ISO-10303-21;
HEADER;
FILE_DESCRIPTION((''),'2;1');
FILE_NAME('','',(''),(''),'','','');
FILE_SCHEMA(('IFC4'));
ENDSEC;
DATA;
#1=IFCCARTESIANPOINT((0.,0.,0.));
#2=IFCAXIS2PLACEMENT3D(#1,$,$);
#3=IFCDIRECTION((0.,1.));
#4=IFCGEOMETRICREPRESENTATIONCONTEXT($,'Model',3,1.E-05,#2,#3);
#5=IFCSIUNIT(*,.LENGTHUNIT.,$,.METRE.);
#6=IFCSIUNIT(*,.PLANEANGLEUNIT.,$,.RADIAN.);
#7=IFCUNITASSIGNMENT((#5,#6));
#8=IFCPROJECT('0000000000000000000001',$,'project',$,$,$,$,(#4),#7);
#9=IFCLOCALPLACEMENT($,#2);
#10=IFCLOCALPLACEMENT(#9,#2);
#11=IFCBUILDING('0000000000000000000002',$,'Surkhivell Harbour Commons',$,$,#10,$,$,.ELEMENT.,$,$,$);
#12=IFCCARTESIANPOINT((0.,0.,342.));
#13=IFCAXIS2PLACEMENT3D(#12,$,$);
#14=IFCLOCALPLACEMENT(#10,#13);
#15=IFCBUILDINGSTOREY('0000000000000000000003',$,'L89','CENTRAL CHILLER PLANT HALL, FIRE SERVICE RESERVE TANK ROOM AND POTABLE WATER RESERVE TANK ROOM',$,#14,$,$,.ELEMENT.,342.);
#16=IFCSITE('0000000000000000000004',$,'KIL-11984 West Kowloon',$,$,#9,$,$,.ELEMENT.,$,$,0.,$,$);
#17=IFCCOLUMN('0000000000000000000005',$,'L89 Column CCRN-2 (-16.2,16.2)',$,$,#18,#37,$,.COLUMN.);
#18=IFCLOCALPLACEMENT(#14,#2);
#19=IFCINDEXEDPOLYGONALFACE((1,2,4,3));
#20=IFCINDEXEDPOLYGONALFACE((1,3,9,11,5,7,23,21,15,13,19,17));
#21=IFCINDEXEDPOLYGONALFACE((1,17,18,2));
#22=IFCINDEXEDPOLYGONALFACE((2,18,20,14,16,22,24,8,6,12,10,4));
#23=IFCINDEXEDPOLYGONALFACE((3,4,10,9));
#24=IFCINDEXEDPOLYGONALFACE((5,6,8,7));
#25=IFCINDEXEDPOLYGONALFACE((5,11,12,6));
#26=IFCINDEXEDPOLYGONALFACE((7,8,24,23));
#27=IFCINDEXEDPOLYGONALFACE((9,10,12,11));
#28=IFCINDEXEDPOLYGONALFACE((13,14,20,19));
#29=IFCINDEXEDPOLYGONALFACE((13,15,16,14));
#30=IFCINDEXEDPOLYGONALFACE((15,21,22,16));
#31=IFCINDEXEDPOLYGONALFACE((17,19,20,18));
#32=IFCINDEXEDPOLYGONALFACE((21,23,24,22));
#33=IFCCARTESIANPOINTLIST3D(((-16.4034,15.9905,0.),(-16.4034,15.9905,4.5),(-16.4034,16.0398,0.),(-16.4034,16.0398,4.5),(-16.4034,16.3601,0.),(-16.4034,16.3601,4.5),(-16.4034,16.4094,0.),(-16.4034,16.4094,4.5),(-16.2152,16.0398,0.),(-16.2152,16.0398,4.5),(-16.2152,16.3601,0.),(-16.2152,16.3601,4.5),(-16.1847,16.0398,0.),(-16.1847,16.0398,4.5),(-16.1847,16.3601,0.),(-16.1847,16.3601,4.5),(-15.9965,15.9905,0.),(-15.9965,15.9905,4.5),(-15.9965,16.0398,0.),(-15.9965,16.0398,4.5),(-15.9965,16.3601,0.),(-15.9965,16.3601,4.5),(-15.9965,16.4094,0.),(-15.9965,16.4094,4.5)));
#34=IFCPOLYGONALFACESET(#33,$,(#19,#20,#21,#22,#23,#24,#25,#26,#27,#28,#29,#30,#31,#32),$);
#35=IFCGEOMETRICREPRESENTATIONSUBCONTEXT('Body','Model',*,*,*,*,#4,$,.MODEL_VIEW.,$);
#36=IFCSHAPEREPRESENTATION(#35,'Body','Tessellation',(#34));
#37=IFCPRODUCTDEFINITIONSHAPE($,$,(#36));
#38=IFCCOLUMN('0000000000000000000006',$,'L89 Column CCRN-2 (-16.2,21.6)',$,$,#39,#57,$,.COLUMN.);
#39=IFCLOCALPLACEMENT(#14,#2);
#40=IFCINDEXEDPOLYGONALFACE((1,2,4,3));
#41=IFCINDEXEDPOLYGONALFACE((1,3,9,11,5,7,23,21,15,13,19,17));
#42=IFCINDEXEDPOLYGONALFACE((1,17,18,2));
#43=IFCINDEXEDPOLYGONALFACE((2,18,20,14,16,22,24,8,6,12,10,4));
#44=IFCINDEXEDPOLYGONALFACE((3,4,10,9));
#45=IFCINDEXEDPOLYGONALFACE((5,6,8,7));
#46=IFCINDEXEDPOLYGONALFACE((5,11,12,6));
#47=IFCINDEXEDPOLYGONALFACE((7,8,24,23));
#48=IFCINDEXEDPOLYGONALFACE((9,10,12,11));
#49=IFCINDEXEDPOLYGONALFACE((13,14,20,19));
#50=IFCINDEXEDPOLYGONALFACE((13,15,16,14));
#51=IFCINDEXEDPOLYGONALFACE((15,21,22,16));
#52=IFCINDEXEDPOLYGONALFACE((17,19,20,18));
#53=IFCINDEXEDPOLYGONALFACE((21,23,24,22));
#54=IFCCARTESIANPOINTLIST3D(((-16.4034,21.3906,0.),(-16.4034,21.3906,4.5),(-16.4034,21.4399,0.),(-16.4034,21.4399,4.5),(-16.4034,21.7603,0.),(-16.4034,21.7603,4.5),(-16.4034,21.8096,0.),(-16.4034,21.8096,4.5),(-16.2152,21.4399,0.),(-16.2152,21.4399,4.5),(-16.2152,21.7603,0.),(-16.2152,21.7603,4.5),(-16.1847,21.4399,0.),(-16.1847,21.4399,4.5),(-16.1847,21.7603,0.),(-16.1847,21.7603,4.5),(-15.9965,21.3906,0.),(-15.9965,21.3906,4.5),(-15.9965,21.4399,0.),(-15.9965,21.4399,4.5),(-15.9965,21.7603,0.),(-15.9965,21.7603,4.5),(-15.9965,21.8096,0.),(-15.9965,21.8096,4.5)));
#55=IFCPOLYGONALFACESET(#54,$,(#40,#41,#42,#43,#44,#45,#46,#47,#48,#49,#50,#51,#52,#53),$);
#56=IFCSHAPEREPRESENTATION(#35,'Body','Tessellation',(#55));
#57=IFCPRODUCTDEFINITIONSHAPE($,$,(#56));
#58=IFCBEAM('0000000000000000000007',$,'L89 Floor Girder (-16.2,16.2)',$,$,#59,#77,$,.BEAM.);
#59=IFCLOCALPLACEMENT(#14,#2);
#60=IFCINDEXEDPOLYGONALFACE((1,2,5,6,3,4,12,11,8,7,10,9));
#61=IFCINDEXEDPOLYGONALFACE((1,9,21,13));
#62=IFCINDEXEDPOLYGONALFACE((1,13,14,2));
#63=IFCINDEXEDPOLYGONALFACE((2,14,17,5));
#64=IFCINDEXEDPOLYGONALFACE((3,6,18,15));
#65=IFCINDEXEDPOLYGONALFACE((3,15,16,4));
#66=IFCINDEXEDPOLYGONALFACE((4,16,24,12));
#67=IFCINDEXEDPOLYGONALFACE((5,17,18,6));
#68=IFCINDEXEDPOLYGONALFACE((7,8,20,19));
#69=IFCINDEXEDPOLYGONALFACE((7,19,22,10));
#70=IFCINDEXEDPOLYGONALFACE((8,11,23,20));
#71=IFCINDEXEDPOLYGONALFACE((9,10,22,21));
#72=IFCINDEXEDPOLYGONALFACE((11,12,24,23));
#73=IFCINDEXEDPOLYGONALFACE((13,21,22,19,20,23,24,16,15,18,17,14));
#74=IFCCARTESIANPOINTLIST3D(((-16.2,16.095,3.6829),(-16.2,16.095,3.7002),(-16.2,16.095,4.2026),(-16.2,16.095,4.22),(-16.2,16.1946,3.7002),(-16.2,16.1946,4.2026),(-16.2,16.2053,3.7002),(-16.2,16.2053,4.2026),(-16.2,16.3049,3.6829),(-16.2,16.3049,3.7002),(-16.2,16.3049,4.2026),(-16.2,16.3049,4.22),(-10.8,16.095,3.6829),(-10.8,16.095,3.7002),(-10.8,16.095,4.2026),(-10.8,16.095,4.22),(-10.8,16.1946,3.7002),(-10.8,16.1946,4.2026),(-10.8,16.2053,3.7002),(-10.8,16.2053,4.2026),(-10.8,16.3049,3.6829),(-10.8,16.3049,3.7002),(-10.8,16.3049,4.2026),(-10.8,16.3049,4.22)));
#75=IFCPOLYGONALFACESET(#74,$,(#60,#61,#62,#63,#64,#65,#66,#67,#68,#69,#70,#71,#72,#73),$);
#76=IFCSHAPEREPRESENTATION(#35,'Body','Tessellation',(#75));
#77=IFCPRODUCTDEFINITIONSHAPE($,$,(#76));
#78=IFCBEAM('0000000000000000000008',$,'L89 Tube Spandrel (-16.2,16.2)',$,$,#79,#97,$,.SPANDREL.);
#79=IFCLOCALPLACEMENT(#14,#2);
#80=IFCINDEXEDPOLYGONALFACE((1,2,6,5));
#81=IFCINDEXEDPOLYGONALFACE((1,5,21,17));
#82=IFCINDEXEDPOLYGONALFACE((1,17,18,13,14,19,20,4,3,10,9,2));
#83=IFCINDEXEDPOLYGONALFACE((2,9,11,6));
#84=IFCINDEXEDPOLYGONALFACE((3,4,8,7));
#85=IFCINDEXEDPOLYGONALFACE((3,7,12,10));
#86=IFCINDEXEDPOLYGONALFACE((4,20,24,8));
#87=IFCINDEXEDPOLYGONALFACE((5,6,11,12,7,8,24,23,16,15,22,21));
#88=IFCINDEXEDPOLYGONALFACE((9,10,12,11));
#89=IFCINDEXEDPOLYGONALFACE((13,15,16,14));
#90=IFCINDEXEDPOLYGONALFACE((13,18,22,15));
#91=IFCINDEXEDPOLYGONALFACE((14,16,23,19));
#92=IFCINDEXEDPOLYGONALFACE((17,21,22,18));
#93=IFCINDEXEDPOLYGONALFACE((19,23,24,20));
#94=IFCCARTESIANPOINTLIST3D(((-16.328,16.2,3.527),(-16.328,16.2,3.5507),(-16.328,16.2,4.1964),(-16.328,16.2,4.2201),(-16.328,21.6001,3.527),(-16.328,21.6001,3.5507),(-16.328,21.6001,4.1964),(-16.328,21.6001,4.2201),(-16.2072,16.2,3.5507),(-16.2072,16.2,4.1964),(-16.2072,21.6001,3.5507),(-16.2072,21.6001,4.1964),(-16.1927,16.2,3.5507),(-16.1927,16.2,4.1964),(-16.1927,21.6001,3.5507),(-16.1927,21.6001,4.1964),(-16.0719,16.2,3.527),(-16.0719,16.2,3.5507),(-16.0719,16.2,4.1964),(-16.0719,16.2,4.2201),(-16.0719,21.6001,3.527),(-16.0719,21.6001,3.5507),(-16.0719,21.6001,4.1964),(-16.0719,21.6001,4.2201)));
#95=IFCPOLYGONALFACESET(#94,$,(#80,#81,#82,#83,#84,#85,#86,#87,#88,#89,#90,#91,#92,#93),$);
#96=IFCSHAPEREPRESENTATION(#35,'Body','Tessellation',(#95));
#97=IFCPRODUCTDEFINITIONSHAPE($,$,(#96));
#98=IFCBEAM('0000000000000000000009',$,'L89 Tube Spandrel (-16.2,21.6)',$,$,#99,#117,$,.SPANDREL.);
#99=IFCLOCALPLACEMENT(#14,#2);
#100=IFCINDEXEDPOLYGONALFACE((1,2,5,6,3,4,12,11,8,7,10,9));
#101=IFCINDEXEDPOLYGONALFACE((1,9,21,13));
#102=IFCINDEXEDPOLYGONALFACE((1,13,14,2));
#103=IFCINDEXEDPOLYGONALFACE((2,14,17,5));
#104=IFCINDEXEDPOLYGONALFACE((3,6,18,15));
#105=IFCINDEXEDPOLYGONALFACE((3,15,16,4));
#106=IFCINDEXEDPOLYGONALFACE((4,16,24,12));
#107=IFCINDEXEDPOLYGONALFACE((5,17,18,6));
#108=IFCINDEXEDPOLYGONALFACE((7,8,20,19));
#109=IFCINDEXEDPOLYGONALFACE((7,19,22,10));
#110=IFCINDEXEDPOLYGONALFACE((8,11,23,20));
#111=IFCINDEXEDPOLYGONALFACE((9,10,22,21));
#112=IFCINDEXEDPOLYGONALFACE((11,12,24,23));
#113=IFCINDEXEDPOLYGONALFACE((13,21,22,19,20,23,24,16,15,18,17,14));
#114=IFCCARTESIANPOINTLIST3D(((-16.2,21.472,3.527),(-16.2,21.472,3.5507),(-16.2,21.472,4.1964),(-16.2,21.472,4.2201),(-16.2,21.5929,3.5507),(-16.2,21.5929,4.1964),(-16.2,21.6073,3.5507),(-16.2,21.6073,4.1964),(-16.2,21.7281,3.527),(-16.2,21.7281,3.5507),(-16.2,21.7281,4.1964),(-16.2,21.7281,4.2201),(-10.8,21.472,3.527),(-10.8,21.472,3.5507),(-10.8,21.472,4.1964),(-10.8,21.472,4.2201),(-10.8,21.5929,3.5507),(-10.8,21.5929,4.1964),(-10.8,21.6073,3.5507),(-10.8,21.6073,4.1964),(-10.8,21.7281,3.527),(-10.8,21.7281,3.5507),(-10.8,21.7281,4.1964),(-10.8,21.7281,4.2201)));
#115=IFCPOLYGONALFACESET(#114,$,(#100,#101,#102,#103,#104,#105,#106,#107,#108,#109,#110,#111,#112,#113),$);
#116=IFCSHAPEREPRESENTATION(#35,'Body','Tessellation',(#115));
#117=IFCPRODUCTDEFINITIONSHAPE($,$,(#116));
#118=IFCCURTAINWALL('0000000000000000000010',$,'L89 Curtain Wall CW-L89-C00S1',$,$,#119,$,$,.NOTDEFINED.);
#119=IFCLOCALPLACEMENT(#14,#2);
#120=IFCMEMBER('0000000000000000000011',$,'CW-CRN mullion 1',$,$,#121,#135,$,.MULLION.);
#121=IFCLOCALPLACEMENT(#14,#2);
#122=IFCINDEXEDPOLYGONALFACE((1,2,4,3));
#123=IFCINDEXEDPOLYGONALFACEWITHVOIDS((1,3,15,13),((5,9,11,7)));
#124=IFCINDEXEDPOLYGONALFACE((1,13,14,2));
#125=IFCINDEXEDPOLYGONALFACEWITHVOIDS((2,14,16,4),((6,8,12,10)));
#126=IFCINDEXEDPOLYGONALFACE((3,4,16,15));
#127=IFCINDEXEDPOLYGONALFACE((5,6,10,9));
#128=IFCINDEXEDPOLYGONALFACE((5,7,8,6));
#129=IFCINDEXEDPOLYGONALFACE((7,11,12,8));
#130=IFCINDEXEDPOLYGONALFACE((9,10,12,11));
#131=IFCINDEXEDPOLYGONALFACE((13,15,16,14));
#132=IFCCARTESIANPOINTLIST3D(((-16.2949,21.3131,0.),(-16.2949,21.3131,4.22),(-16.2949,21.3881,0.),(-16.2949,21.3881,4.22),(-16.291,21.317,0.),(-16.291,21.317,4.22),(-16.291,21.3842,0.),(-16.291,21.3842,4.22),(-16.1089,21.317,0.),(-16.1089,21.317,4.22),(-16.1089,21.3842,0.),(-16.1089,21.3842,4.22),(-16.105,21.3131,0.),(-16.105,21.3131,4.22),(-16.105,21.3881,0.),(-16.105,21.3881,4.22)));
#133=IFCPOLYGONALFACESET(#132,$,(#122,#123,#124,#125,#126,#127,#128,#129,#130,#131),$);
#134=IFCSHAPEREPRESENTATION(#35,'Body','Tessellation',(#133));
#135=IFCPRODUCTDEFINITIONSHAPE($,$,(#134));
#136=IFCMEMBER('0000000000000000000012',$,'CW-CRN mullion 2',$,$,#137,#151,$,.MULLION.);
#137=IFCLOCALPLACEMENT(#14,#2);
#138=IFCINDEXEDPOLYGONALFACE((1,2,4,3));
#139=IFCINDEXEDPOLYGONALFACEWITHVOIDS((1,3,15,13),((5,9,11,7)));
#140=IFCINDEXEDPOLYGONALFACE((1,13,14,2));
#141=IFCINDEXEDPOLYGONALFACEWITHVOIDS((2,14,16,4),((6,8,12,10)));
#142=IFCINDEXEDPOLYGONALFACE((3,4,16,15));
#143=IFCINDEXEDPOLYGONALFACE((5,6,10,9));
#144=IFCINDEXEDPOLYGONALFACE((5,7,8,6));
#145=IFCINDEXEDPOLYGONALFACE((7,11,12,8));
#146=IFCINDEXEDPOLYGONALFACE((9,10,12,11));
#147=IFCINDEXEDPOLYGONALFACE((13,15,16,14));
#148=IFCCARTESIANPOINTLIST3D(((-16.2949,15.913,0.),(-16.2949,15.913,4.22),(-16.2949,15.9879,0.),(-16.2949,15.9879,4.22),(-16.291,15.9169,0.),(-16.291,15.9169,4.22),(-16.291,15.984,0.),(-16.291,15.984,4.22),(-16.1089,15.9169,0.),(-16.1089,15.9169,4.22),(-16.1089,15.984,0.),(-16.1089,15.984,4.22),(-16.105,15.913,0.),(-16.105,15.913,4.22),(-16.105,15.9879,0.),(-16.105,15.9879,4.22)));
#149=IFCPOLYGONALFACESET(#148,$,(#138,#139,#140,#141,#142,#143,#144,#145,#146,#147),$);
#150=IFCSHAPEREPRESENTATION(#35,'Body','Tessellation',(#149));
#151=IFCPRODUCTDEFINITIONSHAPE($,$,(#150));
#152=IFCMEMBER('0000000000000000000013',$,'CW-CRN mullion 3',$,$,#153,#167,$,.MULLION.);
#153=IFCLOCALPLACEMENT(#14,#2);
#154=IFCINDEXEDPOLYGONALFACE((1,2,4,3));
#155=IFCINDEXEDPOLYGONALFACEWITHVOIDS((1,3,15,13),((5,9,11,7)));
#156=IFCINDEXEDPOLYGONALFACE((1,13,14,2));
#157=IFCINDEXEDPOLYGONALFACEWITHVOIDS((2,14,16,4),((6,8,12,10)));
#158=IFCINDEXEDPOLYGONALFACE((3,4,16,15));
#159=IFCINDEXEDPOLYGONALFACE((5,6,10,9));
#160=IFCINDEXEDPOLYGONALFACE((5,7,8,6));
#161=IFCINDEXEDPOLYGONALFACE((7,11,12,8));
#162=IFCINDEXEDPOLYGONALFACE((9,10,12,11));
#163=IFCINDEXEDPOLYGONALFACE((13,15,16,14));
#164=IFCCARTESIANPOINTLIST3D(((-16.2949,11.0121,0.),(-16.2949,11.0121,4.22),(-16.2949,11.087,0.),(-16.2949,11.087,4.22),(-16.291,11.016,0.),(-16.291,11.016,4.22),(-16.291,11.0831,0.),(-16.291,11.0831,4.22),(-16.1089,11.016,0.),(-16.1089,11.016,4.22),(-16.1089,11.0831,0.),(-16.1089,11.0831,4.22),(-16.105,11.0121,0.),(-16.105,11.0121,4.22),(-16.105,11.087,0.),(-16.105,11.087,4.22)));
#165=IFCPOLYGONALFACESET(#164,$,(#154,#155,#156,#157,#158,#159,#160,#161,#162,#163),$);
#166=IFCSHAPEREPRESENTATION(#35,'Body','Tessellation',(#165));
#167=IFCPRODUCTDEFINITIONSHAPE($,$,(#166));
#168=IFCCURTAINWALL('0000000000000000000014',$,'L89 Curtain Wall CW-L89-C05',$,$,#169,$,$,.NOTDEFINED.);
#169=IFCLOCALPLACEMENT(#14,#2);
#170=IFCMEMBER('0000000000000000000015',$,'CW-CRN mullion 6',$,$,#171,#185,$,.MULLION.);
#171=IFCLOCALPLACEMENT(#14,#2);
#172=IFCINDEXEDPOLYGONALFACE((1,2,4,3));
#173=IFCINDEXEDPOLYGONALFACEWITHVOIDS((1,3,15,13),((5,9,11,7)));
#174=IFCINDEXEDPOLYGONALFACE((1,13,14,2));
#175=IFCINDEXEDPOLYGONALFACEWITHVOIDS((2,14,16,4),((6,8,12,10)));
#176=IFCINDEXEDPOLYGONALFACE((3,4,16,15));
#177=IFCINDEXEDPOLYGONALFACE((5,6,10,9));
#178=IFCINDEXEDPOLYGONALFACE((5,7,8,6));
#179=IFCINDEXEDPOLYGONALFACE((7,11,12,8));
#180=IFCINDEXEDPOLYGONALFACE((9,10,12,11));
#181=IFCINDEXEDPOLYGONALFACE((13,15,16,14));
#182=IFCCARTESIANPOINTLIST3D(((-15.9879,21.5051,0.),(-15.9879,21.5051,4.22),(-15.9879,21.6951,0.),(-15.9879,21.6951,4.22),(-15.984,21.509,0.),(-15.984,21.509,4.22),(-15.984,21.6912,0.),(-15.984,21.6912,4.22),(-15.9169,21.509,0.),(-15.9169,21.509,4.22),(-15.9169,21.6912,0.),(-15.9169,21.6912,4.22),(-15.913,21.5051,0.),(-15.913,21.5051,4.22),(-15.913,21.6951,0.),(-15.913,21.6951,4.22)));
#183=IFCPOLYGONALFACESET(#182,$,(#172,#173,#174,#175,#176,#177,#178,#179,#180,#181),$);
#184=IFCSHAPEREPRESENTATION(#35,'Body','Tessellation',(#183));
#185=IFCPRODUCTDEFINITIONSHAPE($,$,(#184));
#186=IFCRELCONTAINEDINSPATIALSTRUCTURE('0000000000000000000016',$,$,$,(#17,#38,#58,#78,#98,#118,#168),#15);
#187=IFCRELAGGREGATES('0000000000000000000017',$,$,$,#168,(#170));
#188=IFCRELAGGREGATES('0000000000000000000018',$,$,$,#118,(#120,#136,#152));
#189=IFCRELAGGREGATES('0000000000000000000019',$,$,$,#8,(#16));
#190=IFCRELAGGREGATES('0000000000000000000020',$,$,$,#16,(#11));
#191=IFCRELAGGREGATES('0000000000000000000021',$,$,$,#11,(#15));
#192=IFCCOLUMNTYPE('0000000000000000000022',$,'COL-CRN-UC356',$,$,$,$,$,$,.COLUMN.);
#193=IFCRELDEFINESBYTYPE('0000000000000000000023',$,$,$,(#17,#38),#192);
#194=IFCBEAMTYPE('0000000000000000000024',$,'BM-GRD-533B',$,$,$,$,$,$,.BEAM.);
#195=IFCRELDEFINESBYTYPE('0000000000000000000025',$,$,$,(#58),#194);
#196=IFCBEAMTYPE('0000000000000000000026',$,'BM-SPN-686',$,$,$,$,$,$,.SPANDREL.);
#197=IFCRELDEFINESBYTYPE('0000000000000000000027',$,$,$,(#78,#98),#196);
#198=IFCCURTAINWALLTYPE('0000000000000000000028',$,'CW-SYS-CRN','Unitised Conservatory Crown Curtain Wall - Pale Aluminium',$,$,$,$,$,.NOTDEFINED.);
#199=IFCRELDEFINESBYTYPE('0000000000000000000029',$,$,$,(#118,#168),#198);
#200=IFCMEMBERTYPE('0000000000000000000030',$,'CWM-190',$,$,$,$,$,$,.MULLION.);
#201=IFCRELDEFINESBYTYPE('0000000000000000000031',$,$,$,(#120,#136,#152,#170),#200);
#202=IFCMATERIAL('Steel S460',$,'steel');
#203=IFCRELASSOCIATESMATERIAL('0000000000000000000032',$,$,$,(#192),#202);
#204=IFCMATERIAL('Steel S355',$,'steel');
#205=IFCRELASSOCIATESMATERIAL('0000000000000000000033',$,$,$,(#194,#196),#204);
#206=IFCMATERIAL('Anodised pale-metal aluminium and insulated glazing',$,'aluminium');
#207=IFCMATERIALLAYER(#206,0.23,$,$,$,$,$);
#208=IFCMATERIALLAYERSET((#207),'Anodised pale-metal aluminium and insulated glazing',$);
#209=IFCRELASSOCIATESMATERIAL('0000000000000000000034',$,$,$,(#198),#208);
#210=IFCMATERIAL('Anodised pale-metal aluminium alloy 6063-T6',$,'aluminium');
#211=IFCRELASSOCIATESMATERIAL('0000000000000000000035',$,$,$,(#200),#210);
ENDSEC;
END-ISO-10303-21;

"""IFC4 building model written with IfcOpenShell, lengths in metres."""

from ifc_helpers import new_model, si_unit, direction, frame, origin, origin_2d, place, context, subcontext, project, spatial, hollow_rectangle, i_section, extrude, material, layer, layer_set, material_profile, profile_set, type_object, element, aggregate, save


model = new_model("IFC4")

# Units and contexts
model_context = context("Model", 3, precision=1e-05, world=origin(), true_north=direction((0.0, 1.0)))
body_context = subcontext(model_context, "Body", "Model", "MODEL_VIEW")
ifc_project = project(units=[si_unit("LENGTHUNIT", "METRE"), si_unit("PLANEANGLEUNIT", "RADIAN")], contexts=[model_context])

# Site, building, storey
site_placement = place(None, origin())
site = spatial("IfcSite", under=ifc_project, at=site_placement, Name="KIL-11984 West Kowloon", CompositionType="ELEMENT", RefElevation=0.0)
building_placement = place(site_placement, origin())
building = spatial("IfcBuilding", under=site, at=building_placement, Name="Surkhivell Harbour Commons", CompositionType="ELEMENT")
storey_placement = place(building_placement, frame((0.0, 0.0, 342.0)))
storey = spatial("IfcBuildingStorey", under=building, at=storey_placement, Name="L89", Description="CENTRAL CHILLER PLANT HALL, FIRE SERVICE RESERVE TANK ROOM AND POTABLE WATER RESERVE TANK ROOM", CompositionType="ELEMENT", Elevation=342.0)

# Columns
ifc_material_1 = material(Name="Steel S460", Category="steel")
ifc_material_profile_1 = material_profile(ifc_material_1, i_section(OverallWidth=0.407, OverallDepth=0.4189, WebThickness=0.0305, FlangeThickness=0.0493, at=origin_2d()), Name="UC356x406x393")
ifc_profile_set_1 = profile_set([ifc_material_profile_1], Name="Steel S460")
column_type = type_object("IfcColumnType", Name="COL-CRN-UC356", PredefinedType="COLUMN", material=ifc_profile_set_1)
for number, where, z_axis, x_axis, name in (
    (1, (-16.2, 16.2, 0.0), (0.0, 0.0, 1.0), (1.0, 0.0, 0.0), "L89 Column CCRN-2 (-16.2,16.2)"),
    (2, (-16.2, 21.6001, 0.0), (0.0, 0.0, 1.0), (1.0, 0.0, 0.0), "L89 Column CCRN-2 (-16.2,21.6)"),
):
    element("IfcColumn", number, at=place(storey_placement, frame(where, z_axis=z_axis, x_axis=x_axis)), inside=storey, type_object=column_type, Name=name, PredefinedType="COLUMN", context=body_context, shape_type="SweptSolid", body=[
        extrude(i_section(OverallWidth=0.407, OverallDepth=0.4189, WebThickness=0.0305, FlangeThickness=0.0493, at=origin_2d()), origin(), (0.0, 0.0, 1.0), 4.5),
    ])

# Beams
ifc_material_2 = material(Name="Steel S355", Category="steel")
ifc_material_profile_2 = material_profile(ifc_material_2, i_section(OverallWidth=0.21, OverallDepth=0.5371, WebThickness=0.0107, FlangeThickness=0.0173, at=origin_2d()), Name="UB533x210x101")
ifc_profile_set_2 = profile_set([ifc_material_profile_2], Name="Steel S355")
beam_type_1 = type_object("IfcBeamType", Name="BM-GRD-533B", PredefinedType="BEAM", material=ifc_profile_set_2)
beam_1_placement = place(storey_placement, frame((-16.2, 16.2, 3.9514), z_axis=(1.0, 0.0, 0.0), x_axis=(0.0, 1.0, 0.0)))
element("IfcBeam", 3, at=beam_1_placement, inside=storey, type_object=beam_type_1, Name="L89 Floor Girder (-16.2,16.2)", PredefinedType="BEAM", context=body_context, shape_type="SweptSolid", body=[
    extrude(i_section(OverallWidth=0.21, OverallDepth=0.5371, WebThickness=0.0107, FlangeThickness=0.0173, at=origin_2d()), origin(), (0.0, 0.0, 1.0), 5.3999),
])
ifc_material_profile_3 = material_profile(ifc_material_2, i_section(OverallWidth=0.2561, OverallDepth=0.6931, WebThickness=0.0144, FlangeThickness=0.0237, at=origin_2d()), Name="UB686x254x170")
ifc_profile_set_3 = profile_set([ifc_material_profile_3], Name="Steel S355")
beam_type_2 = type_object("IfcBeamType", Name="BM-SPN-686", PredefinedType="SPANDREL", material=ifc_profile_set_3)
beam_2_placement = place(storey_placement, frame((-16.2, 16.2, 3.8735), z_axis=(0.0, 1.0, 0.0), x_axis=(-1.0, 0.0, 0.0)))
element("IfcBeam", 4, at=beam_2_placement, inside=storey, type_object=beam_type_2, Name="L89 Tube Spandrel (-16.2,16.2)", PredefinedType="SPANDREL", context=body_context, shape_type="SweptSolid", body=[
    extrude(i_section(OverallWidth=0.2561, OverallDepth=0.6931, WebThickness=0.0144, FlangeThickness=0.0237, at=origin_2d()), origin(), (0.0, 0.0, 1.0), 5.4001),
])
beam_3_placement = place(storey_placement, frame((-16.2, 21.6001, 3.8735), z_axis=(1.0, 0.0, 0.0), x_axis=(0.0, 1.0, 0.0)))
element("IfcBeam", 5, at=beam_3_placement, inside=storey, type_object=beam_type_2, Name="L89 Tube Spandrel (-16.2,21.6)", PredefinedType="SPANDREL", context=body_context, shape_type="SweptSolid", body=[
    extrude(i_section(OverallWidth=0.2561, OverallDepth=0.6931, WebThickness=0.0144, FlangeThickness=0.0237, at=origin_2d()), origin(), (0.0, 0.0, 1.0), 5.3999),
])

# Curtain wall, members
ifc_material_3 = material(Name="Anodised pale-metal aluminium and insulated glazing", Category="aluminium")
ifc_layer_1 = layer(ifc_material_3, 0.23)
ifc_layer_set_1 = layer_set([ifc_layer_1], Name="Anodised pale-metal aluminium and insulated glazing")
curtain_wall_type = type_object("IfcCurtainWallType", Name="CW-SYS-CRN", Description="Unitised Conservatory Crown Curtain Wall - Pale Aluminium", PredefinedType="NOTDEFINED", material=ifc_layer_set_1)
curtain_wall_1_placement = place(storey_placement, origin())
curtain_wall_1 = element("IfcCurtainWall", 6, at=curtain_wall_1_placement, inside=storey, type_object=curtain_wall_type, Name="L89 Curtain Wall CW-L89-C00S1", PredefinedType="NOTDEFINED")
ifc_material_4 = material(Name="Anodised pale-metal aluminium alloy 6063-T6", Category="aluminium")
ifc_material_profile_4 = material_profile(ifc_material_4, hollow_rectangle(XDim=0.075, YDim=0.1899, WallThickness=0.0039, at=origin_2d()), Name="ALU-MULL-75x190")
ifc_profile_set_4 = profile_set([ifc_material_profile_4], Name="Anodised pale-metal aluminium alloy 6063-T6")
member_type_1 = type_object("IfcMemberType", Name="CWM-190", PredefinedType="MULLION", material=ifc_profile_set_4)
member_1_placement = place(storey_placement, frame((-16.2, 21.3506, 0.0), z_axis=(0.0, 0.0, 1.0), x_axis=(0.0, -1.0, 0.0)))
member_1 = element("IfcMember", 7, at=member_1_placement, type_object=member_type_1, Name="CW-CRN mullion 1", PredefinedType="MULLION", context=body_context, shape_type="SweptSolid", body=[
    extrude(hollow_rectangle(XDim=0.075, YDim=0.1899, WallThickness=0.0039, at=origin_2d()), origin(), (0.0, 0.0, 1.0), 4.22),
])
member_2_placement = place(storey_placement, frame((-16.2, 15.9504, 0.0), z_axis=(0.0, 0.0, 1.0), x_axis=(0.0, -1.0, 0.0)))
member_2 = element("IfcMember", 8, at=member_2_placement, type_object=member_type_1, Name="CW-CRN mullion 2", PredefinedType="MULLION", context=body_context, shape_type="SweptSolid", body=[
    extrude(hollow_rectangle(XDim=0.075, YDim=0.1899, WallThickness=0.0039, at=origin_2d()), origin(), (0.0, 0.0, 1.0), 4.22),
])
member_3_placement = place(storey_placement, frame((-16.2, 11.0496, 0.0), z_axis=(0.0, 0.0, 1.0), x_axis=(0.0, -1.0, 0.0)))
member_3 = element("IfcMember", 9, at=member_3_placement, type_object=member_type_1, Name="CW-CRN mullion 3", PredefinedType="MULLION", context=body_context, shape_type="SweptSolid", body=[
    extrude(hollow_rectangle(XDim=0.075, YDim=0.1899, WallThickness=0.0039, at=origin_2d()), origin(), (0.0, 0.0, 1.0), 4.22),
])

# Curtain wall, member
curtain_wall_2_placement = place(storey_placement, origin())
curtain_wall_2 = element("IfcCurtainWall", 10, at=curtain_wall_2_placement, inside=storey, type_object=curtain_wall_type, Name="L89 Curtain Wall CW-L89-C05", PredefinedType="NOTDEFINED")
member_4_placement = place(storey_placement, frame((-15.9504, 21.6001, 0.0), z_axis=(0.0, 0.0, 1.0), x_axis=(-1.0, 0.0, 0.0)))
member_4 = element("IfcMember", 11, at=member_4_placement, type_object=member_type_1, Name="CW-CRN mullion 6", PredefinedType="MULLION", context=body_context, shape_type="SweptSolid", body=[
    extrude(hollow_rectangle(XDim=0.075, YDim=0.1899, WallThickness=0.0039, at=origin_2d()), origin(), (0.0, 0.0, 1.0), 4.22),
])

aggregate(curtain_wall_2, [member_4])

aggregate(curtain_wall_1, [member_1, member_2, member_3])

save(model, "model.ifc")
